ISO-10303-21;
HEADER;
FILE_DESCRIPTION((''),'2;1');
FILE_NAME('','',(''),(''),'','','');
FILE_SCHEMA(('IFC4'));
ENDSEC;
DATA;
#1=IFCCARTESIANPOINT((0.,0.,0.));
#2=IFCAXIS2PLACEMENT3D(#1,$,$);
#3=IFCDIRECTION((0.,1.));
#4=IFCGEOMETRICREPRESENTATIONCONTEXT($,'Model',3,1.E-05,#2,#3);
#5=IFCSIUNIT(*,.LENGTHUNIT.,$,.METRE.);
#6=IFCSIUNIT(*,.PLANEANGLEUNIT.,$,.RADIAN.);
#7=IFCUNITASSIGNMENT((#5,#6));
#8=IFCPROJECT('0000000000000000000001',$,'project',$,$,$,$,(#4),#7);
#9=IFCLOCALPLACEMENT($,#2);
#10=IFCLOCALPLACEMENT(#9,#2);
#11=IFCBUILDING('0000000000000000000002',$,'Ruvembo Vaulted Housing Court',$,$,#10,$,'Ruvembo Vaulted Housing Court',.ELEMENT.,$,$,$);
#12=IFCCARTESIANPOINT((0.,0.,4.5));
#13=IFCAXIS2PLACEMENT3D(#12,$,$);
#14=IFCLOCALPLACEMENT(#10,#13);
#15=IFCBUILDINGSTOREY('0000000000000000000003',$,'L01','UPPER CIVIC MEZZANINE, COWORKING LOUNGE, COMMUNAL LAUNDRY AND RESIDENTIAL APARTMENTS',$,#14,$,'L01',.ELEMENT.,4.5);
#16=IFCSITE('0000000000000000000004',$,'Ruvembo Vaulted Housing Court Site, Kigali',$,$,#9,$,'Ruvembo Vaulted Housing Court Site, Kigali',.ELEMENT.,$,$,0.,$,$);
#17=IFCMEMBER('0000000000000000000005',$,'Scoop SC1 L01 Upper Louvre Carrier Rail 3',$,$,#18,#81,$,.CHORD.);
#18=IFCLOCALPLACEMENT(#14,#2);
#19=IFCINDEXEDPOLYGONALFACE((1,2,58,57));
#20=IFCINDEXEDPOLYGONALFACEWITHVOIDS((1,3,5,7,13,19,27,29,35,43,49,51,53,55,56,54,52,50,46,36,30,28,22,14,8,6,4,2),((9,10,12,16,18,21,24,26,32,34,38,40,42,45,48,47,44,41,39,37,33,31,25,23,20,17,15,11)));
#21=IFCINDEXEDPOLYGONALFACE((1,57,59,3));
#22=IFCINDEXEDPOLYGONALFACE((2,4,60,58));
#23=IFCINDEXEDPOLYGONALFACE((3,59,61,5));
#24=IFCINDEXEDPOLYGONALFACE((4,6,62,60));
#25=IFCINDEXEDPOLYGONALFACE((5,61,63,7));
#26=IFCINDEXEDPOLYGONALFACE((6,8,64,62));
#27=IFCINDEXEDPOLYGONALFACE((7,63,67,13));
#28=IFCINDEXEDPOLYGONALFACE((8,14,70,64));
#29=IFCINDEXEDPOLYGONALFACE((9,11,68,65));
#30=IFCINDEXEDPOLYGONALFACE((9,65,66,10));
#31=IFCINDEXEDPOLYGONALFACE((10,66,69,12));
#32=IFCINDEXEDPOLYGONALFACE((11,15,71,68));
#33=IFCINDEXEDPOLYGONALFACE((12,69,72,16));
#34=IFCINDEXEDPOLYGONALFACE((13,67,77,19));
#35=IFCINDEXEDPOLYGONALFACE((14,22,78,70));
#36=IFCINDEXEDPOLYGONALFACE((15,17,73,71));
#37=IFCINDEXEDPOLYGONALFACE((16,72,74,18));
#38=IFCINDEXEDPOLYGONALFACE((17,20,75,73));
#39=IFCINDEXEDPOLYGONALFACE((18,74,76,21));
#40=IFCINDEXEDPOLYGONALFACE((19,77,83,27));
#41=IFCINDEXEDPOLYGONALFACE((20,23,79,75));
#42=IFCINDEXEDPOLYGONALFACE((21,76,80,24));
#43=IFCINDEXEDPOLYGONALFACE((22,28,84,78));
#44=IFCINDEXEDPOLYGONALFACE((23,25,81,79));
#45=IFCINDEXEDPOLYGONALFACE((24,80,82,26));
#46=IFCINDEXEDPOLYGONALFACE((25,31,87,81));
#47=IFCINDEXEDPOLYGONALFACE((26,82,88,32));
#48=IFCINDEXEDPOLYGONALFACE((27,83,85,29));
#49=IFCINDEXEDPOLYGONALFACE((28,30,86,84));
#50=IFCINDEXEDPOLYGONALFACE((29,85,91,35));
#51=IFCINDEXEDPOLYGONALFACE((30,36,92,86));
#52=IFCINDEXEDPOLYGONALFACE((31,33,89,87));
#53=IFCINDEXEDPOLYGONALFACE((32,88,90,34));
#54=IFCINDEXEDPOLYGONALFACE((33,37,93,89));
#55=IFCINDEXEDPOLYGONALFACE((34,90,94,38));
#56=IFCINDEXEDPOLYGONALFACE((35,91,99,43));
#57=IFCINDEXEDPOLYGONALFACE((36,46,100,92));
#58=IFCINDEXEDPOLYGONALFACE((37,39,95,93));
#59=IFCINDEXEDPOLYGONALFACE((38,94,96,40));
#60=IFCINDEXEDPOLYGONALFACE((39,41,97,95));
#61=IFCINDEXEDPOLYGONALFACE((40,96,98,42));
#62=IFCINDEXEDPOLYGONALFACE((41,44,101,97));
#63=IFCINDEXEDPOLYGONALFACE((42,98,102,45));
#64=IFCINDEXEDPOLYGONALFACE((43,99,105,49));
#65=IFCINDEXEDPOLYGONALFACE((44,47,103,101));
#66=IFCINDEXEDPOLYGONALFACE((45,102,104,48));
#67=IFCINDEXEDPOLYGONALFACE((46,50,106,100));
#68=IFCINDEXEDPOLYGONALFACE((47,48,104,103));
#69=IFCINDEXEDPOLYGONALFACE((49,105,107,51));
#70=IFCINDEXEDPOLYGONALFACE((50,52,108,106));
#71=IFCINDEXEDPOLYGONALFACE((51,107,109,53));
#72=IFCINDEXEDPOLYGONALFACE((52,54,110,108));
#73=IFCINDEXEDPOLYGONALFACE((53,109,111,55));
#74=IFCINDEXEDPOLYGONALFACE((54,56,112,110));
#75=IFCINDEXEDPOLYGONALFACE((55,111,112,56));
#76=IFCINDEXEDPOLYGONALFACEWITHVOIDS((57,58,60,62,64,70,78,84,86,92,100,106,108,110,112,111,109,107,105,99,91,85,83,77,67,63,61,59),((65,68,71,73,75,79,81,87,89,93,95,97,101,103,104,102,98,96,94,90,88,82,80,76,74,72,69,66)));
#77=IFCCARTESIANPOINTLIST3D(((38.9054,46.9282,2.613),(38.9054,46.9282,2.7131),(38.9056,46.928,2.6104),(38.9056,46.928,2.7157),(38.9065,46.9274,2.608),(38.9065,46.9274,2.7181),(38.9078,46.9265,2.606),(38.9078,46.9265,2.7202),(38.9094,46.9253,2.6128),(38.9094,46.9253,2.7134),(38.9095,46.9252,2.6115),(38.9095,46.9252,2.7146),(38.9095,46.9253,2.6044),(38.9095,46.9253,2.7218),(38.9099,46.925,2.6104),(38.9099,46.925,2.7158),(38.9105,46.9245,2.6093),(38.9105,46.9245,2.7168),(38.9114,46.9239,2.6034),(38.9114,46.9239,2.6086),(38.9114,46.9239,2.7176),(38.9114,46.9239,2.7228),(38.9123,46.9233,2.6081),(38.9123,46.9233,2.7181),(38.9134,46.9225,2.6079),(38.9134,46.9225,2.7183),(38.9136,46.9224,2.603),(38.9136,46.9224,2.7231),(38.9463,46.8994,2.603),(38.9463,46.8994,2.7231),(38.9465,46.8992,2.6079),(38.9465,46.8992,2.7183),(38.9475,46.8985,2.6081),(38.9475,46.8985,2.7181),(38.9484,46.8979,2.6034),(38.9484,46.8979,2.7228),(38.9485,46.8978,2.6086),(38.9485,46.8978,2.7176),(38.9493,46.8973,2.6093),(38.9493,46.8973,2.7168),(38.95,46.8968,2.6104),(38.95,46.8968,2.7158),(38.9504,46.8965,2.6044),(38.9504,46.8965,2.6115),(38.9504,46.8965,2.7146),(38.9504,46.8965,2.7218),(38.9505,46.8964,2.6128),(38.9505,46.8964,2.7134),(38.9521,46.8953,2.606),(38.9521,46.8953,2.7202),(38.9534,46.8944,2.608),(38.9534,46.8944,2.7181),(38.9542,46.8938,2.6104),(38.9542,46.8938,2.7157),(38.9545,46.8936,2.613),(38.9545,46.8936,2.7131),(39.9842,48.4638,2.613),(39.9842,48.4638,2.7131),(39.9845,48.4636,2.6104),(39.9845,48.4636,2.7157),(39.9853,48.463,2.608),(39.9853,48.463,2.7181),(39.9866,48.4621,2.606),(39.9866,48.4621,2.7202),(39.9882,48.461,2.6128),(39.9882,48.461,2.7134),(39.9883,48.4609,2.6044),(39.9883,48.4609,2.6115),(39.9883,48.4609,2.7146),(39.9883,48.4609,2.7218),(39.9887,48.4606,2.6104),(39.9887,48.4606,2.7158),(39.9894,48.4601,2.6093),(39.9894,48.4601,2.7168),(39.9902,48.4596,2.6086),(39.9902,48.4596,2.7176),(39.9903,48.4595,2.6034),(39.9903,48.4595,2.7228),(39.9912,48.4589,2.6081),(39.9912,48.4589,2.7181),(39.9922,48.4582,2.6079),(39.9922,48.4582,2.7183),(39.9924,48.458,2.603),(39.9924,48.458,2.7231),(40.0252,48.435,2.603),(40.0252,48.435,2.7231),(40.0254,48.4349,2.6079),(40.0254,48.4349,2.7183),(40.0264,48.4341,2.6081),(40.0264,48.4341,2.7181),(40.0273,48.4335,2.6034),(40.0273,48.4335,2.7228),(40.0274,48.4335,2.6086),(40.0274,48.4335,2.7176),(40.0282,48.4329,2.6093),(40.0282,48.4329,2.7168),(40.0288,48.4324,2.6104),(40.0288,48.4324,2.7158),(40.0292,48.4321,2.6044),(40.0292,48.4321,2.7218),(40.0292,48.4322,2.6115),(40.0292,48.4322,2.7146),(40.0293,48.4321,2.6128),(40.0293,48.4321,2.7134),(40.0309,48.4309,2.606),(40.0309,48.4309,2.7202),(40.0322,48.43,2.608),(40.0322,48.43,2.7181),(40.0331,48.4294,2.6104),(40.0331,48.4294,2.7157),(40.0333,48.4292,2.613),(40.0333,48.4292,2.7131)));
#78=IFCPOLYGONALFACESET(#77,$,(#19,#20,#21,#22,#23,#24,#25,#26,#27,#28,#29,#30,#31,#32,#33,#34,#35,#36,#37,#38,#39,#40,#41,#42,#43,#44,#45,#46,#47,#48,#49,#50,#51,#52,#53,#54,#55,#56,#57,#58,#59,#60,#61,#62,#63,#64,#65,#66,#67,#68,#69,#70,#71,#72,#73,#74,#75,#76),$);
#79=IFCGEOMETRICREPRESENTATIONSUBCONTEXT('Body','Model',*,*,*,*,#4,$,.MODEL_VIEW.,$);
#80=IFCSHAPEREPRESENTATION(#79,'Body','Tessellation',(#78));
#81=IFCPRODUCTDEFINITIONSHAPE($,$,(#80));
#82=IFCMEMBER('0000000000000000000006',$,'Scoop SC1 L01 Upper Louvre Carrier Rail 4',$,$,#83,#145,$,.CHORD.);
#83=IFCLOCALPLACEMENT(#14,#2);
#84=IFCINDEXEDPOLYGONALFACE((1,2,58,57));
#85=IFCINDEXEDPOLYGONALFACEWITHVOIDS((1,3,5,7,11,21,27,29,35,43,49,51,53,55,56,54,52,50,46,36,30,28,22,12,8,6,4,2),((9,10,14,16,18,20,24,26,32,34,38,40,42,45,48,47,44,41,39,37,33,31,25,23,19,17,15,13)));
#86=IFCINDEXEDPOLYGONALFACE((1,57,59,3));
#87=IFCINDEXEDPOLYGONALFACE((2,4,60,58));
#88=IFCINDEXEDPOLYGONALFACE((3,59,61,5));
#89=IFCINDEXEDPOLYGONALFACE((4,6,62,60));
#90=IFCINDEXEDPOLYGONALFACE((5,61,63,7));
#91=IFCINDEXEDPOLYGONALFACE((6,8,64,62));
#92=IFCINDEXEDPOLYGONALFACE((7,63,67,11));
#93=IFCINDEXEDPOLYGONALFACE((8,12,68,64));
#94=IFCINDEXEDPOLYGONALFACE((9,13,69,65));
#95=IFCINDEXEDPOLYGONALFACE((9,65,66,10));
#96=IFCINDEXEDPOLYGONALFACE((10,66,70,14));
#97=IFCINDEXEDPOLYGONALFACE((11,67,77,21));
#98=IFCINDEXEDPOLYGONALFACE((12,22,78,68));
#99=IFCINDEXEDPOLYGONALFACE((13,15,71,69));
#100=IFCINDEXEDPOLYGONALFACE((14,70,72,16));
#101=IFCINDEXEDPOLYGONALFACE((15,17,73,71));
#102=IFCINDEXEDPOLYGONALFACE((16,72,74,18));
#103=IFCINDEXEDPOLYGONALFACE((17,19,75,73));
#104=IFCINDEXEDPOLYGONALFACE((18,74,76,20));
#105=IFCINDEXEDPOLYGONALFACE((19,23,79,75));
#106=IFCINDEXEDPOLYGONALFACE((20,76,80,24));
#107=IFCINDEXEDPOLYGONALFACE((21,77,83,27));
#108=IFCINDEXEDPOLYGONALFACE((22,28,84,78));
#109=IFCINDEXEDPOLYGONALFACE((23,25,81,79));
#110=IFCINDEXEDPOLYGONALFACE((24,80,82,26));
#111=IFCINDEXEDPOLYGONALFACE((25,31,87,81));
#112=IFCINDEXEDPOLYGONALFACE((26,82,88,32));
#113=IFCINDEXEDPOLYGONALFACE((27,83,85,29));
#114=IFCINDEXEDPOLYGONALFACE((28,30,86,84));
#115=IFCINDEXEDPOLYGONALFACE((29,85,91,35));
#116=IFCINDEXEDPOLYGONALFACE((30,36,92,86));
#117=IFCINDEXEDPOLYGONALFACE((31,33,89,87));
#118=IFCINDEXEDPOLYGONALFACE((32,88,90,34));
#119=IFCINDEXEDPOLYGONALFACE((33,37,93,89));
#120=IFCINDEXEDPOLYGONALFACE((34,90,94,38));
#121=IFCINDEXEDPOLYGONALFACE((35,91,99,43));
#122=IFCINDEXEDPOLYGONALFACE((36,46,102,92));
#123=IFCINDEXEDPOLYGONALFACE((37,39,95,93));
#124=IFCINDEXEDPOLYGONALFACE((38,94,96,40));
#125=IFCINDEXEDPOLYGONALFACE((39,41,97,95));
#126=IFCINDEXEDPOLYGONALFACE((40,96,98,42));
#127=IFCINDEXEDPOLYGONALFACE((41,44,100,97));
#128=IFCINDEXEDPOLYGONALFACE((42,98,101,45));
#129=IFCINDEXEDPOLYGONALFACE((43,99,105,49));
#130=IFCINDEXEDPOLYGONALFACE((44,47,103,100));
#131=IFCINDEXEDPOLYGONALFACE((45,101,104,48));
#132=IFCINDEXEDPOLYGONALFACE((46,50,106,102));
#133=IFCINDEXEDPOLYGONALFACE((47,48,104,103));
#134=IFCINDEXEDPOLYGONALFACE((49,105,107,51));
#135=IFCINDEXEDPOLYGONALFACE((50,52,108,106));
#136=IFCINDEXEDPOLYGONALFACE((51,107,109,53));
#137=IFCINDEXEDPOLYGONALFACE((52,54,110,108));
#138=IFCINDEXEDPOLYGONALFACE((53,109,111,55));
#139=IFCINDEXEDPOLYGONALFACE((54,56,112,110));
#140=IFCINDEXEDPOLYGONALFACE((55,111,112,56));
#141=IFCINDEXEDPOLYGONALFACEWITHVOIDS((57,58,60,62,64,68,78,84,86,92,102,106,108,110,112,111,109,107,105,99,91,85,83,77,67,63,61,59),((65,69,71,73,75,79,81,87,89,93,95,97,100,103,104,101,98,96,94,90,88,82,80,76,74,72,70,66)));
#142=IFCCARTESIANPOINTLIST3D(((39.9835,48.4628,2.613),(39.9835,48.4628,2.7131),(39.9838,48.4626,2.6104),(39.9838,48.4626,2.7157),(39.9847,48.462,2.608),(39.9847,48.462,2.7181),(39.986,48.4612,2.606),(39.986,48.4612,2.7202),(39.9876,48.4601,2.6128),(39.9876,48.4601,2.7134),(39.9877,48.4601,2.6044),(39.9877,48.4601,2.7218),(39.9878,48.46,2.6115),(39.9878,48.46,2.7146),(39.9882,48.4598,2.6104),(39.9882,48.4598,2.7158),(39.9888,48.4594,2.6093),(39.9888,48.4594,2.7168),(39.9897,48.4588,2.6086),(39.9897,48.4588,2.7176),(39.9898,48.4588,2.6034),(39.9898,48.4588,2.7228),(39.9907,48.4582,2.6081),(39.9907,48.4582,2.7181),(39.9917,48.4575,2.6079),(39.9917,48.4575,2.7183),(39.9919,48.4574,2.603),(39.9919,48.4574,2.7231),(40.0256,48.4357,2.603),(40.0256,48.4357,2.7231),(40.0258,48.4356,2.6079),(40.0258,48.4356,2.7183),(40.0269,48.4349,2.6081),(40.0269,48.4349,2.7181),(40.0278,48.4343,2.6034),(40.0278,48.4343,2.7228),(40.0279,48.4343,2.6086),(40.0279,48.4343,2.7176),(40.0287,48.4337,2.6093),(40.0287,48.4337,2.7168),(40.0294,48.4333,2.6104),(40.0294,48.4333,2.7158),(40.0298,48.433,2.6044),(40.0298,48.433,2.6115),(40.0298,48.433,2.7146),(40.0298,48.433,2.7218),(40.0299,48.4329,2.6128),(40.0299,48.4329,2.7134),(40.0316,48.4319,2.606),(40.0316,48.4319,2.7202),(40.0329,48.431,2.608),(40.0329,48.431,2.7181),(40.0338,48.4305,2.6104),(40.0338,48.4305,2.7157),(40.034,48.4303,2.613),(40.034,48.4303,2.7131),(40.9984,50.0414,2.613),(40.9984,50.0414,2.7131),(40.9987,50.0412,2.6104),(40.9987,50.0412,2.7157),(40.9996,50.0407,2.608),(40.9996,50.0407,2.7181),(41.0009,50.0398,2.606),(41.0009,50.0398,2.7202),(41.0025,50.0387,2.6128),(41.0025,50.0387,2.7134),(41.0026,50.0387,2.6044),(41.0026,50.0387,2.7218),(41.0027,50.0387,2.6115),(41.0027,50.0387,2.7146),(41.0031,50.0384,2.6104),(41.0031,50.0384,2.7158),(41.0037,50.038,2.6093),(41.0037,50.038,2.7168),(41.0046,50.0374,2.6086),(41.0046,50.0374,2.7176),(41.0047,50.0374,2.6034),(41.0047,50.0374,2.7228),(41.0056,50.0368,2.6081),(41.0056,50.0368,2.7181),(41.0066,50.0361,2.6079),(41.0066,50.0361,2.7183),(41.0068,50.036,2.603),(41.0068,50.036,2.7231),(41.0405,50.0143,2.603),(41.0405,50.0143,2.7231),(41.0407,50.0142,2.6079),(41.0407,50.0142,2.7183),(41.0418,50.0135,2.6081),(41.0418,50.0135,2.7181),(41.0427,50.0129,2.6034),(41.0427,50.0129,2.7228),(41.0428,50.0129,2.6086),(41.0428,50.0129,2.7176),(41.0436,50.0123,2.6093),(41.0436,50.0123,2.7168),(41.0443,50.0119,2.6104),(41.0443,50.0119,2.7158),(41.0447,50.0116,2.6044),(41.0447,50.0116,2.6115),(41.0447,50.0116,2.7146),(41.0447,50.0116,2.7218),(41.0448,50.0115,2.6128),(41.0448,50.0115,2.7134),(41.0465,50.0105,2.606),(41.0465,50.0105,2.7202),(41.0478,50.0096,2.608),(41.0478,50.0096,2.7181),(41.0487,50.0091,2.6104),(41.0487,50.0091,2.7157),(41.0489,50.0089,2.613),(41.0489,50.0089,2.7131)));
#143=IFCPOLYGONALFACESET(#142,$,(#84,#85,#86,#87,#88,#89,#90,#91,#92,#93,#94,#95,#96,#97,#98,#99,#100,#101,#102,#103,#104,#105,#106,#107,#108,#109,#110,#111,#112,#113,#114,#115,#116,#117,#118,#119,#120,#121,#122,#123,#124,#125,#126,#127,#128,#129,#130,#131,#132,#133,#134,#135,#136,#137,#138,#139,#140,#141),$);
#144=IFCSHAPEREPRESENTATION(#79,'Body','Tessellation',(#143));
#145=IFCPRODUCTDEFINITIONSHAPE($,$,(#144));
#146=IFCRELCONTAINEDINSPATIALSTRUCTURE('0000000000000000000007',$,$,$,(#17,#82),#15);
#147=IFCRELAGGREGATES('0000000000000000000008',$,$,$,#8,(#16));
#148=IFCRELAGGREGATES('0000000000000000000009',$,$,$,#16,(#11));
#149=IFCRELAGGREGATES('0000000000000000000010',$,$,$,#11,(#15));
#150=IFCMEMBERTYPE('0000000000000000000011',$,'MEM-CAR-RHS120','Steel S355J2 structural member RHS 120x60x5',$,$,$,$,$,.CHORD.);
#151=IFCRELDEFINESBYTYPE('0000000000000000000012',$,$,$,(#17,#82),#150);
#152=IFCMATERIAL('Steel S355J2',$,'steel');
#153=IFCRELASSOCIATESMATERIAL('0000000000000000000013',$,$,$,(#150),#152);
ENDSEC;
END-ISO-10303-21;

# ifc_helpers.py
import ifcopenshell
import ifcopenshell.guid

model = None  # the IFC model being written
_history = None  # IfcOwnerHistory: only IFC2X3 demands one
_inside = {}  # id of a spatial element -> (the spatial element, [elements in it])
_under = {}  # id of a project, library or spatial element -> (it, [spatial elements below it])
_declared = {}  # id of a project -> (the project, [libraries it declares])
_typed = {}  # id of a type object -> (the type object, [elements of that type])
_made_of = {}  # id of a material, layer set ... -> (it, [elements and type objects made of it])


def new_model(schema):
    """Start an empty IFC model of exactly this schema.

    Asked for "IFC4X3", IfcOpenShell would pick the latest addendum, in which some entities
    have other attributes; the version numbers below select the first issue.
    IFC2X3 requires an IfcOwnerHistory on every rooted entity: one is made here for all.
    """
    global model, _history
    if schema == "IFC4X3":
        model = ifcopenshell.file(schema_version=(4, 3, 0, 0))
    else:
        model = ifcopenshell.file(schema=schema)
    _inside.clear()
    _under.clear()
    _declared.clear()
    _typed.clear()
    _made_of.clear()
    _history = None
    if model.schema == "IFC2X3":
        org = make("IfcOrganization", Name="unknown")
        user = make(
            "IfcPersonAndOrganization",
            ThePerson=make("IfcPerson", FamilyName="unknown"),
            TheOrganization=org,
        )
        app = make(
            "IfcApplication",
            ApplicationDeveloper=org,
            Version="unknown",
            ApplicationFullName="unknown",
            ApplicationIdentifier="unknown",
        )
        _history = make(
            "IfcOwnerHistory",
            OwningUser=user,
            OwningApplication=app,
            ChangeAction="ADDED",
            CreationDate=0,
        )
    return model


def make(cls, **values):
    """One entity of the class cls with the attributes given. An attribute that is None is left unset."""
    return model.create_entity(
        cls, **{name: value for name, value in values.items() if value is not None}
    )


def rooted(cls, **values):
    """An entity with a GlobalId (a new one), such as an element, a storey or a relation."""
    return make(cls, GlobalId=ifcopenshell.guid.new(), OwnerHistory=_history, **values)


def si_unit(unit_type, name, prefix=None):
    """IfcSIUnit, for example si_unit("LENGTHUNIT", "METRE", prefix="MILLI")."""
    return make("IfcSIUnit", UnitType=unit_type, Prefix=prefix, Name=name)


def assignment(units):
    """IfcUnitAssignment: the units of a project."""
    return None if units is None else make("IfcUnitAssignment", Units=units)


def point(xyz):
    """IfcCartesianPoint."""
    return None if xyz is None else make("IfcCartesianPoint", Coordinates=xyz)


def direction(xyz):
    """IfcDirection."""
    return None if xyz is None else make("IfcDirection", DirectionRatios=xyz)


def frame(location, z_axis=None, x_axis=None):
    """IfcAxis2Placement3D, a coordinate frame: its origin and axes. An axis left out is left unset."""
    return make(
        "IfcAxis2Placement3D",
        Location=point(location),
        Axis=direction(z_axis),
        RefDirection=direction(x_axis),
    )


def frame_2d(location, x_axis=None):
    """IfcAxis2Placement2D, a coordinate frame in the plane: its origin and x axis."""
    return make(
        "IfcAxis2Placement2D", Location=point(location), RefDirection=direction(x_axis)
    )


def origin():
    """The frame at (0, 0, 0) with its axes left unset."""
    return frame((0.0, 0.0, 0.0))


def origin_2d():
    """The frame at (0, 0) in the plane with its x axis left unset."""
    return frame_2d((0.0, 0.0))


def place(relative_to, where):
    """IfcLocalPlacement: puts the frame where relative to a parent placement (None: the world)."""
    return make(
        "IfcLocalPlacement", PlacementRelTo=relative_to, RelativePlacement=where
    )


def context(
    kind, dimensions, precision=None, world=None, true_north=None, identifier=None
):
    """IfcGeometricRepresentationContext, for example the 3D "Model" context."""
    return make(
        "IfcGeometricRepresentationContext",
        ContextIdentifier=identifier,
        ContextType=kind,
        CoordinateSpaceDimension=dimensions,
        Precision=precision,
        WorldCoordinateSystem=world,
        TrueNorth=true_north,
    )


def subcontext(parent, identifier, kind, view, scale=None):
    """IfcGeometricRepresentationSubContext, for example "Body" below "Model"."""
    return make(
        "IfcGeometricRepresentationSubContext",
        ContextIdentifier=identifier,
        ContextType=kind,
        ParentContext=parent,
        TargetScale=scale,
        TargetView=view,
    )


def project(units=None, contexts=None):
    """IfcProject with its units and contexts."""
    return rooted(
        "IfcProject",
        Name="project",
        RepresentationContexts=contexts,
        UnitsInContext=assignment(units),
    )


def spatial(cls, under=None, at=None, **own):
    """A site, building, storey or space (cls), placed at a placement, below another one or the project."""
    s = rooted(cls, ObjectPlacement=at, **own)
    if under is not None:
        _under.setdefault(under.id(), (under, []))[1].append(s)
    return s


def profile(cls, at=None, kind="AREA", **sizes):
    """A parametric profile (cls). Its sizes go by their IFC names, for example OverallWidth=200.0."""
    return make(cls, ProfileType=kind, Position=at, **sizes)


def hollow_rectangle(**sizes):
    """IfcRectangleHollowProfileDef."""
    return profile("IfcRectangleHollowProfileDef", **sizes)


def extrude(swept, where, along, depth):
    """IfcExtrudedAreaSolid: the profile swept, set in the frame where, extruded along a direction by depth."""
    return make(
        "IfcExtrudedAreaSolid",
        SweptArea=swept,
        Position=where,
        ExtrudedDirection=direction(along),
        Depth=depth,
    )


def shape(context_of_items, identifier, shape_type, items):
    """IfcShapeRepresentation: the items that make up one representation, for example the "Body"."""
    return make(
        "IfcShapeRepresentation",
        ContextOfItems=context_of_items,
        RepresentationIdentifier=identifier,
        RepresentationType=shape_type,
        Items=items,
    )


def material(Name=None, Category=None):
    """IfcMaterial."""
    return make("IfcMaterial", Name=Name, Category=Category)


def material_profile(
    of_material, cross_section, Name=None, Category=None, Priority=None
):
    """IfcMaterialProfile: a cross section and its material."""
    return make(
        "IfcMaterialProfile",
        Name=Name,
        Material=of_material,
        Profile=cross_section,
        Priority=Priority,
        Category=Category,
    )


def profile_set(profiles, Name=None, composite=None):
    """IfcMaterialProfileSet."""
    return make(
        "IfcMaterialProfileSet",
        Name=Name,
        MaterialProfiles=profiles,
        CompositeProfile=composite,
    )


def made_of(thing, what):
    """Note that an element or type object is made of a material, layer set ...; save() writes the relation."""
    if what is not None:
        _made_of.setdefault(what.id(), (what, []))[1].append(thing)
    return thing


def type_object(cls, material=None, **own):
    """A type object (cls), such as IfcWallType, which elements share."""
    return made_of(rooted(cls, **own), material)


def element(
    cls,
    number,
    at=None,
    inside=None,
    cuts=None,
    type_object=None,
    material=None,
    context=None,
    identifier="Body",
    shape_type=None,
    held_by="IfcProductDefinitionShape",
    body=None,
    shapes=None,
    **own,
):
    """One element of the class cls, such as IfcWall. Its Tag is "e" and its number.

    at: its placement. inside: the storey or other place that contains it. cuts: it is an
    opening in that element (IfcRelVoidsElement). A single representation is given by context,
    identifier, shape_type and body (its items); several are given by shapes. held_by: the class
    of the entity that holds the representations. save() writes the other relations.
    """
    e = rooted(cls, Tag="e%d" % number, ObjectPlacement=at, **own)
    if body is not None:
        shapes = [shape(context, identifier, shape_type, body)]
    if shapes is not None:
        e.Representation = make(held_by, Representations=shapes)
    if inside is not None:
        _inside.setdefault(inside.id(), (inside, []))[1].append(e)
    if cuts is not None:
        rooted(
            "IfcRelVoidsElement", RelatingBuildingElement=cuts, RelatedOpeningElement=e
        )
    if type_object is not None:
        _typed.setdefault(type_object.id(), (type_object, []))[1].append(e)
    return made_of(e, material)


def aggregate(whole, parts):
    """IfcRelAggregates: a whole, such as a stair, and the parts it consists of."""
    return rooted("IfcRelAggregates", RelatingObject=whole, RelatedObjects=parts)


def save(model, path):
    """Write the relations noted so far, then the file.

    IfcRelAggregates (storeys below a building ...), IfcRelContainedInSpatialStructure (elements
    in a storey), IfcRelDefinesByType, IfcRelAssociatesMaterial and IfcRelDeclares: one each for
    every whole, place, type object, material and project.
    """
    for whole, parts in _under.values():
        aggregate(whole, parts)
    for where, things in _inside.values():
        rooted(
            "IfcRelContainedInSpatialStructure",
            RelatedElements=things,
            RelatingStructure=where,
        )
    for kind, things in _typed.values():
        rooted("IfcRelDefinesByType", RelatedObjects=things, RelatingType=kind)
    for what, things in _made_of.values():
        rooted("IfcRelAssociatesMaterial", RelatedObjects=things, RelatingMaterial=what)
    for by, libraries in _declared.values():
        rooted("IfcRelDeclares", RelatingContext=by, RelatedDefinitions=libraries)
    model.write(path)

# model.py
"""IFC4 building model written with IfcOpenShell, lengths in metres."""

from ifc_helpers import new_model, si_unit, direction, frame, origin, origin_2d, place, context, subcontext, project, spatial, hollow_rectangle, extrude, material, material_profile, profile_set, type_object, element, save


model = new_model("IFC4")

# Units and contexts
model_context = context("Model", 3, precision=1e-05, world=origin(), true_north=direction((0.0, 1.0)))
body_context = subcontext(model_context, "Body", "Model", "MODEL_VIEW")
ifc_project = project(units=[si_unit("LENGTHUNIT", "METRE"), si_unit("PLANEANGLEUNIT", "RADIAN")], contexts=[model_context])

# Site, building, storey
site_placement = place(None, origin())
site = spatial("IfcSite", under=ifc_project, at=site_placement, Name="Ruvembo Vaulted Housing Court Site, Kigali", LongName="Ruvembo Vaulted Housing Court Site, Kigali", CompositionType="ELEMENT", RefElevation=0.0)
building_placement = place(site_placement, origin())
building = spatial("IfcBuilding", under=site, at=building_placement, Name="Ruvembo Vaulted Housing Court", LongName="Ruvembo Vaulted Housing Court", CompositionType="ELEMENT")
storey_placement = place(building_placement, frame((0.0, 0.0, 4.5)))
storey = spatial("IfcBuildingStorey", under=building, at=storey_placement, Name="L01", Description="UPPER CIVIC MEZZANINE, COWORKING LOUNGE, COMMUNAL LAUNDRY AND RESIDENTIAL APARTMENTS", LongName="L01", CompositionType="ELEMENT", Elevation=4.5)

# Shared definitions
ifc_material_1 = material(Name="Steel S355J2", Category="steel")

# Members
ifc_material_profile_1 = material_profile(ifc_material_1, hollow_rectangle(XDim=0.0601, YDim=0.1201, WallThickness=0.0049, InnerFilletRadius=0.0049, OuterFilletRadius=0.01, at=origin_2d()), Name="RHS 120x60x5")
ifc_profile_set_1 = profile_set([ifc_material_profile_1], Name="Steel S355J2")
member_type_1 = type_object("IfcMemberType", Name="MEM-CAR-RHS120", Description="Steel S355J2 structural member RHS 120x60x5", PredefinedType="CHORD", material=ifc_profile_set_1)
for number, where, z_axis, x_axis, name in (
    (1, (38.9299, 46.9109, 2.6631), (0.574858, 0.818253, 0.0), (-0.818253, 0.574858, 0.0), "Scoop SC1 L01 Upper Louvre Carrier Rail 3"),
    (2, (40.0088, 48.4465, 2.6631), (0.540784, 0.841162, 0.0), (-0.841162, 0.540784, 0.0), "Scoop SC1 L01 Upper Louvre Carrier Rail 4"),
):
    element("IfcMember", number, at=place(storey_placement, frame(where, z_axis=z_axis, x_axis=x_axis)), inside=storey, type_object=member_type_1, Name=name, PredefinedType="CHORD", context=body_context, shape_type="SweptSolid", body=[
        extrude(hollow_rectangle(XDim=0.0601, YDim=0.1201, WallThickness=0.0049, InnerFilletRadius=0.0049, OuterFilletRadius=0.01, at=origin_2d()), origin(), (0.0, 0.0, 1.0), 1.8767),
    ])

save(model, "model.ifc")
